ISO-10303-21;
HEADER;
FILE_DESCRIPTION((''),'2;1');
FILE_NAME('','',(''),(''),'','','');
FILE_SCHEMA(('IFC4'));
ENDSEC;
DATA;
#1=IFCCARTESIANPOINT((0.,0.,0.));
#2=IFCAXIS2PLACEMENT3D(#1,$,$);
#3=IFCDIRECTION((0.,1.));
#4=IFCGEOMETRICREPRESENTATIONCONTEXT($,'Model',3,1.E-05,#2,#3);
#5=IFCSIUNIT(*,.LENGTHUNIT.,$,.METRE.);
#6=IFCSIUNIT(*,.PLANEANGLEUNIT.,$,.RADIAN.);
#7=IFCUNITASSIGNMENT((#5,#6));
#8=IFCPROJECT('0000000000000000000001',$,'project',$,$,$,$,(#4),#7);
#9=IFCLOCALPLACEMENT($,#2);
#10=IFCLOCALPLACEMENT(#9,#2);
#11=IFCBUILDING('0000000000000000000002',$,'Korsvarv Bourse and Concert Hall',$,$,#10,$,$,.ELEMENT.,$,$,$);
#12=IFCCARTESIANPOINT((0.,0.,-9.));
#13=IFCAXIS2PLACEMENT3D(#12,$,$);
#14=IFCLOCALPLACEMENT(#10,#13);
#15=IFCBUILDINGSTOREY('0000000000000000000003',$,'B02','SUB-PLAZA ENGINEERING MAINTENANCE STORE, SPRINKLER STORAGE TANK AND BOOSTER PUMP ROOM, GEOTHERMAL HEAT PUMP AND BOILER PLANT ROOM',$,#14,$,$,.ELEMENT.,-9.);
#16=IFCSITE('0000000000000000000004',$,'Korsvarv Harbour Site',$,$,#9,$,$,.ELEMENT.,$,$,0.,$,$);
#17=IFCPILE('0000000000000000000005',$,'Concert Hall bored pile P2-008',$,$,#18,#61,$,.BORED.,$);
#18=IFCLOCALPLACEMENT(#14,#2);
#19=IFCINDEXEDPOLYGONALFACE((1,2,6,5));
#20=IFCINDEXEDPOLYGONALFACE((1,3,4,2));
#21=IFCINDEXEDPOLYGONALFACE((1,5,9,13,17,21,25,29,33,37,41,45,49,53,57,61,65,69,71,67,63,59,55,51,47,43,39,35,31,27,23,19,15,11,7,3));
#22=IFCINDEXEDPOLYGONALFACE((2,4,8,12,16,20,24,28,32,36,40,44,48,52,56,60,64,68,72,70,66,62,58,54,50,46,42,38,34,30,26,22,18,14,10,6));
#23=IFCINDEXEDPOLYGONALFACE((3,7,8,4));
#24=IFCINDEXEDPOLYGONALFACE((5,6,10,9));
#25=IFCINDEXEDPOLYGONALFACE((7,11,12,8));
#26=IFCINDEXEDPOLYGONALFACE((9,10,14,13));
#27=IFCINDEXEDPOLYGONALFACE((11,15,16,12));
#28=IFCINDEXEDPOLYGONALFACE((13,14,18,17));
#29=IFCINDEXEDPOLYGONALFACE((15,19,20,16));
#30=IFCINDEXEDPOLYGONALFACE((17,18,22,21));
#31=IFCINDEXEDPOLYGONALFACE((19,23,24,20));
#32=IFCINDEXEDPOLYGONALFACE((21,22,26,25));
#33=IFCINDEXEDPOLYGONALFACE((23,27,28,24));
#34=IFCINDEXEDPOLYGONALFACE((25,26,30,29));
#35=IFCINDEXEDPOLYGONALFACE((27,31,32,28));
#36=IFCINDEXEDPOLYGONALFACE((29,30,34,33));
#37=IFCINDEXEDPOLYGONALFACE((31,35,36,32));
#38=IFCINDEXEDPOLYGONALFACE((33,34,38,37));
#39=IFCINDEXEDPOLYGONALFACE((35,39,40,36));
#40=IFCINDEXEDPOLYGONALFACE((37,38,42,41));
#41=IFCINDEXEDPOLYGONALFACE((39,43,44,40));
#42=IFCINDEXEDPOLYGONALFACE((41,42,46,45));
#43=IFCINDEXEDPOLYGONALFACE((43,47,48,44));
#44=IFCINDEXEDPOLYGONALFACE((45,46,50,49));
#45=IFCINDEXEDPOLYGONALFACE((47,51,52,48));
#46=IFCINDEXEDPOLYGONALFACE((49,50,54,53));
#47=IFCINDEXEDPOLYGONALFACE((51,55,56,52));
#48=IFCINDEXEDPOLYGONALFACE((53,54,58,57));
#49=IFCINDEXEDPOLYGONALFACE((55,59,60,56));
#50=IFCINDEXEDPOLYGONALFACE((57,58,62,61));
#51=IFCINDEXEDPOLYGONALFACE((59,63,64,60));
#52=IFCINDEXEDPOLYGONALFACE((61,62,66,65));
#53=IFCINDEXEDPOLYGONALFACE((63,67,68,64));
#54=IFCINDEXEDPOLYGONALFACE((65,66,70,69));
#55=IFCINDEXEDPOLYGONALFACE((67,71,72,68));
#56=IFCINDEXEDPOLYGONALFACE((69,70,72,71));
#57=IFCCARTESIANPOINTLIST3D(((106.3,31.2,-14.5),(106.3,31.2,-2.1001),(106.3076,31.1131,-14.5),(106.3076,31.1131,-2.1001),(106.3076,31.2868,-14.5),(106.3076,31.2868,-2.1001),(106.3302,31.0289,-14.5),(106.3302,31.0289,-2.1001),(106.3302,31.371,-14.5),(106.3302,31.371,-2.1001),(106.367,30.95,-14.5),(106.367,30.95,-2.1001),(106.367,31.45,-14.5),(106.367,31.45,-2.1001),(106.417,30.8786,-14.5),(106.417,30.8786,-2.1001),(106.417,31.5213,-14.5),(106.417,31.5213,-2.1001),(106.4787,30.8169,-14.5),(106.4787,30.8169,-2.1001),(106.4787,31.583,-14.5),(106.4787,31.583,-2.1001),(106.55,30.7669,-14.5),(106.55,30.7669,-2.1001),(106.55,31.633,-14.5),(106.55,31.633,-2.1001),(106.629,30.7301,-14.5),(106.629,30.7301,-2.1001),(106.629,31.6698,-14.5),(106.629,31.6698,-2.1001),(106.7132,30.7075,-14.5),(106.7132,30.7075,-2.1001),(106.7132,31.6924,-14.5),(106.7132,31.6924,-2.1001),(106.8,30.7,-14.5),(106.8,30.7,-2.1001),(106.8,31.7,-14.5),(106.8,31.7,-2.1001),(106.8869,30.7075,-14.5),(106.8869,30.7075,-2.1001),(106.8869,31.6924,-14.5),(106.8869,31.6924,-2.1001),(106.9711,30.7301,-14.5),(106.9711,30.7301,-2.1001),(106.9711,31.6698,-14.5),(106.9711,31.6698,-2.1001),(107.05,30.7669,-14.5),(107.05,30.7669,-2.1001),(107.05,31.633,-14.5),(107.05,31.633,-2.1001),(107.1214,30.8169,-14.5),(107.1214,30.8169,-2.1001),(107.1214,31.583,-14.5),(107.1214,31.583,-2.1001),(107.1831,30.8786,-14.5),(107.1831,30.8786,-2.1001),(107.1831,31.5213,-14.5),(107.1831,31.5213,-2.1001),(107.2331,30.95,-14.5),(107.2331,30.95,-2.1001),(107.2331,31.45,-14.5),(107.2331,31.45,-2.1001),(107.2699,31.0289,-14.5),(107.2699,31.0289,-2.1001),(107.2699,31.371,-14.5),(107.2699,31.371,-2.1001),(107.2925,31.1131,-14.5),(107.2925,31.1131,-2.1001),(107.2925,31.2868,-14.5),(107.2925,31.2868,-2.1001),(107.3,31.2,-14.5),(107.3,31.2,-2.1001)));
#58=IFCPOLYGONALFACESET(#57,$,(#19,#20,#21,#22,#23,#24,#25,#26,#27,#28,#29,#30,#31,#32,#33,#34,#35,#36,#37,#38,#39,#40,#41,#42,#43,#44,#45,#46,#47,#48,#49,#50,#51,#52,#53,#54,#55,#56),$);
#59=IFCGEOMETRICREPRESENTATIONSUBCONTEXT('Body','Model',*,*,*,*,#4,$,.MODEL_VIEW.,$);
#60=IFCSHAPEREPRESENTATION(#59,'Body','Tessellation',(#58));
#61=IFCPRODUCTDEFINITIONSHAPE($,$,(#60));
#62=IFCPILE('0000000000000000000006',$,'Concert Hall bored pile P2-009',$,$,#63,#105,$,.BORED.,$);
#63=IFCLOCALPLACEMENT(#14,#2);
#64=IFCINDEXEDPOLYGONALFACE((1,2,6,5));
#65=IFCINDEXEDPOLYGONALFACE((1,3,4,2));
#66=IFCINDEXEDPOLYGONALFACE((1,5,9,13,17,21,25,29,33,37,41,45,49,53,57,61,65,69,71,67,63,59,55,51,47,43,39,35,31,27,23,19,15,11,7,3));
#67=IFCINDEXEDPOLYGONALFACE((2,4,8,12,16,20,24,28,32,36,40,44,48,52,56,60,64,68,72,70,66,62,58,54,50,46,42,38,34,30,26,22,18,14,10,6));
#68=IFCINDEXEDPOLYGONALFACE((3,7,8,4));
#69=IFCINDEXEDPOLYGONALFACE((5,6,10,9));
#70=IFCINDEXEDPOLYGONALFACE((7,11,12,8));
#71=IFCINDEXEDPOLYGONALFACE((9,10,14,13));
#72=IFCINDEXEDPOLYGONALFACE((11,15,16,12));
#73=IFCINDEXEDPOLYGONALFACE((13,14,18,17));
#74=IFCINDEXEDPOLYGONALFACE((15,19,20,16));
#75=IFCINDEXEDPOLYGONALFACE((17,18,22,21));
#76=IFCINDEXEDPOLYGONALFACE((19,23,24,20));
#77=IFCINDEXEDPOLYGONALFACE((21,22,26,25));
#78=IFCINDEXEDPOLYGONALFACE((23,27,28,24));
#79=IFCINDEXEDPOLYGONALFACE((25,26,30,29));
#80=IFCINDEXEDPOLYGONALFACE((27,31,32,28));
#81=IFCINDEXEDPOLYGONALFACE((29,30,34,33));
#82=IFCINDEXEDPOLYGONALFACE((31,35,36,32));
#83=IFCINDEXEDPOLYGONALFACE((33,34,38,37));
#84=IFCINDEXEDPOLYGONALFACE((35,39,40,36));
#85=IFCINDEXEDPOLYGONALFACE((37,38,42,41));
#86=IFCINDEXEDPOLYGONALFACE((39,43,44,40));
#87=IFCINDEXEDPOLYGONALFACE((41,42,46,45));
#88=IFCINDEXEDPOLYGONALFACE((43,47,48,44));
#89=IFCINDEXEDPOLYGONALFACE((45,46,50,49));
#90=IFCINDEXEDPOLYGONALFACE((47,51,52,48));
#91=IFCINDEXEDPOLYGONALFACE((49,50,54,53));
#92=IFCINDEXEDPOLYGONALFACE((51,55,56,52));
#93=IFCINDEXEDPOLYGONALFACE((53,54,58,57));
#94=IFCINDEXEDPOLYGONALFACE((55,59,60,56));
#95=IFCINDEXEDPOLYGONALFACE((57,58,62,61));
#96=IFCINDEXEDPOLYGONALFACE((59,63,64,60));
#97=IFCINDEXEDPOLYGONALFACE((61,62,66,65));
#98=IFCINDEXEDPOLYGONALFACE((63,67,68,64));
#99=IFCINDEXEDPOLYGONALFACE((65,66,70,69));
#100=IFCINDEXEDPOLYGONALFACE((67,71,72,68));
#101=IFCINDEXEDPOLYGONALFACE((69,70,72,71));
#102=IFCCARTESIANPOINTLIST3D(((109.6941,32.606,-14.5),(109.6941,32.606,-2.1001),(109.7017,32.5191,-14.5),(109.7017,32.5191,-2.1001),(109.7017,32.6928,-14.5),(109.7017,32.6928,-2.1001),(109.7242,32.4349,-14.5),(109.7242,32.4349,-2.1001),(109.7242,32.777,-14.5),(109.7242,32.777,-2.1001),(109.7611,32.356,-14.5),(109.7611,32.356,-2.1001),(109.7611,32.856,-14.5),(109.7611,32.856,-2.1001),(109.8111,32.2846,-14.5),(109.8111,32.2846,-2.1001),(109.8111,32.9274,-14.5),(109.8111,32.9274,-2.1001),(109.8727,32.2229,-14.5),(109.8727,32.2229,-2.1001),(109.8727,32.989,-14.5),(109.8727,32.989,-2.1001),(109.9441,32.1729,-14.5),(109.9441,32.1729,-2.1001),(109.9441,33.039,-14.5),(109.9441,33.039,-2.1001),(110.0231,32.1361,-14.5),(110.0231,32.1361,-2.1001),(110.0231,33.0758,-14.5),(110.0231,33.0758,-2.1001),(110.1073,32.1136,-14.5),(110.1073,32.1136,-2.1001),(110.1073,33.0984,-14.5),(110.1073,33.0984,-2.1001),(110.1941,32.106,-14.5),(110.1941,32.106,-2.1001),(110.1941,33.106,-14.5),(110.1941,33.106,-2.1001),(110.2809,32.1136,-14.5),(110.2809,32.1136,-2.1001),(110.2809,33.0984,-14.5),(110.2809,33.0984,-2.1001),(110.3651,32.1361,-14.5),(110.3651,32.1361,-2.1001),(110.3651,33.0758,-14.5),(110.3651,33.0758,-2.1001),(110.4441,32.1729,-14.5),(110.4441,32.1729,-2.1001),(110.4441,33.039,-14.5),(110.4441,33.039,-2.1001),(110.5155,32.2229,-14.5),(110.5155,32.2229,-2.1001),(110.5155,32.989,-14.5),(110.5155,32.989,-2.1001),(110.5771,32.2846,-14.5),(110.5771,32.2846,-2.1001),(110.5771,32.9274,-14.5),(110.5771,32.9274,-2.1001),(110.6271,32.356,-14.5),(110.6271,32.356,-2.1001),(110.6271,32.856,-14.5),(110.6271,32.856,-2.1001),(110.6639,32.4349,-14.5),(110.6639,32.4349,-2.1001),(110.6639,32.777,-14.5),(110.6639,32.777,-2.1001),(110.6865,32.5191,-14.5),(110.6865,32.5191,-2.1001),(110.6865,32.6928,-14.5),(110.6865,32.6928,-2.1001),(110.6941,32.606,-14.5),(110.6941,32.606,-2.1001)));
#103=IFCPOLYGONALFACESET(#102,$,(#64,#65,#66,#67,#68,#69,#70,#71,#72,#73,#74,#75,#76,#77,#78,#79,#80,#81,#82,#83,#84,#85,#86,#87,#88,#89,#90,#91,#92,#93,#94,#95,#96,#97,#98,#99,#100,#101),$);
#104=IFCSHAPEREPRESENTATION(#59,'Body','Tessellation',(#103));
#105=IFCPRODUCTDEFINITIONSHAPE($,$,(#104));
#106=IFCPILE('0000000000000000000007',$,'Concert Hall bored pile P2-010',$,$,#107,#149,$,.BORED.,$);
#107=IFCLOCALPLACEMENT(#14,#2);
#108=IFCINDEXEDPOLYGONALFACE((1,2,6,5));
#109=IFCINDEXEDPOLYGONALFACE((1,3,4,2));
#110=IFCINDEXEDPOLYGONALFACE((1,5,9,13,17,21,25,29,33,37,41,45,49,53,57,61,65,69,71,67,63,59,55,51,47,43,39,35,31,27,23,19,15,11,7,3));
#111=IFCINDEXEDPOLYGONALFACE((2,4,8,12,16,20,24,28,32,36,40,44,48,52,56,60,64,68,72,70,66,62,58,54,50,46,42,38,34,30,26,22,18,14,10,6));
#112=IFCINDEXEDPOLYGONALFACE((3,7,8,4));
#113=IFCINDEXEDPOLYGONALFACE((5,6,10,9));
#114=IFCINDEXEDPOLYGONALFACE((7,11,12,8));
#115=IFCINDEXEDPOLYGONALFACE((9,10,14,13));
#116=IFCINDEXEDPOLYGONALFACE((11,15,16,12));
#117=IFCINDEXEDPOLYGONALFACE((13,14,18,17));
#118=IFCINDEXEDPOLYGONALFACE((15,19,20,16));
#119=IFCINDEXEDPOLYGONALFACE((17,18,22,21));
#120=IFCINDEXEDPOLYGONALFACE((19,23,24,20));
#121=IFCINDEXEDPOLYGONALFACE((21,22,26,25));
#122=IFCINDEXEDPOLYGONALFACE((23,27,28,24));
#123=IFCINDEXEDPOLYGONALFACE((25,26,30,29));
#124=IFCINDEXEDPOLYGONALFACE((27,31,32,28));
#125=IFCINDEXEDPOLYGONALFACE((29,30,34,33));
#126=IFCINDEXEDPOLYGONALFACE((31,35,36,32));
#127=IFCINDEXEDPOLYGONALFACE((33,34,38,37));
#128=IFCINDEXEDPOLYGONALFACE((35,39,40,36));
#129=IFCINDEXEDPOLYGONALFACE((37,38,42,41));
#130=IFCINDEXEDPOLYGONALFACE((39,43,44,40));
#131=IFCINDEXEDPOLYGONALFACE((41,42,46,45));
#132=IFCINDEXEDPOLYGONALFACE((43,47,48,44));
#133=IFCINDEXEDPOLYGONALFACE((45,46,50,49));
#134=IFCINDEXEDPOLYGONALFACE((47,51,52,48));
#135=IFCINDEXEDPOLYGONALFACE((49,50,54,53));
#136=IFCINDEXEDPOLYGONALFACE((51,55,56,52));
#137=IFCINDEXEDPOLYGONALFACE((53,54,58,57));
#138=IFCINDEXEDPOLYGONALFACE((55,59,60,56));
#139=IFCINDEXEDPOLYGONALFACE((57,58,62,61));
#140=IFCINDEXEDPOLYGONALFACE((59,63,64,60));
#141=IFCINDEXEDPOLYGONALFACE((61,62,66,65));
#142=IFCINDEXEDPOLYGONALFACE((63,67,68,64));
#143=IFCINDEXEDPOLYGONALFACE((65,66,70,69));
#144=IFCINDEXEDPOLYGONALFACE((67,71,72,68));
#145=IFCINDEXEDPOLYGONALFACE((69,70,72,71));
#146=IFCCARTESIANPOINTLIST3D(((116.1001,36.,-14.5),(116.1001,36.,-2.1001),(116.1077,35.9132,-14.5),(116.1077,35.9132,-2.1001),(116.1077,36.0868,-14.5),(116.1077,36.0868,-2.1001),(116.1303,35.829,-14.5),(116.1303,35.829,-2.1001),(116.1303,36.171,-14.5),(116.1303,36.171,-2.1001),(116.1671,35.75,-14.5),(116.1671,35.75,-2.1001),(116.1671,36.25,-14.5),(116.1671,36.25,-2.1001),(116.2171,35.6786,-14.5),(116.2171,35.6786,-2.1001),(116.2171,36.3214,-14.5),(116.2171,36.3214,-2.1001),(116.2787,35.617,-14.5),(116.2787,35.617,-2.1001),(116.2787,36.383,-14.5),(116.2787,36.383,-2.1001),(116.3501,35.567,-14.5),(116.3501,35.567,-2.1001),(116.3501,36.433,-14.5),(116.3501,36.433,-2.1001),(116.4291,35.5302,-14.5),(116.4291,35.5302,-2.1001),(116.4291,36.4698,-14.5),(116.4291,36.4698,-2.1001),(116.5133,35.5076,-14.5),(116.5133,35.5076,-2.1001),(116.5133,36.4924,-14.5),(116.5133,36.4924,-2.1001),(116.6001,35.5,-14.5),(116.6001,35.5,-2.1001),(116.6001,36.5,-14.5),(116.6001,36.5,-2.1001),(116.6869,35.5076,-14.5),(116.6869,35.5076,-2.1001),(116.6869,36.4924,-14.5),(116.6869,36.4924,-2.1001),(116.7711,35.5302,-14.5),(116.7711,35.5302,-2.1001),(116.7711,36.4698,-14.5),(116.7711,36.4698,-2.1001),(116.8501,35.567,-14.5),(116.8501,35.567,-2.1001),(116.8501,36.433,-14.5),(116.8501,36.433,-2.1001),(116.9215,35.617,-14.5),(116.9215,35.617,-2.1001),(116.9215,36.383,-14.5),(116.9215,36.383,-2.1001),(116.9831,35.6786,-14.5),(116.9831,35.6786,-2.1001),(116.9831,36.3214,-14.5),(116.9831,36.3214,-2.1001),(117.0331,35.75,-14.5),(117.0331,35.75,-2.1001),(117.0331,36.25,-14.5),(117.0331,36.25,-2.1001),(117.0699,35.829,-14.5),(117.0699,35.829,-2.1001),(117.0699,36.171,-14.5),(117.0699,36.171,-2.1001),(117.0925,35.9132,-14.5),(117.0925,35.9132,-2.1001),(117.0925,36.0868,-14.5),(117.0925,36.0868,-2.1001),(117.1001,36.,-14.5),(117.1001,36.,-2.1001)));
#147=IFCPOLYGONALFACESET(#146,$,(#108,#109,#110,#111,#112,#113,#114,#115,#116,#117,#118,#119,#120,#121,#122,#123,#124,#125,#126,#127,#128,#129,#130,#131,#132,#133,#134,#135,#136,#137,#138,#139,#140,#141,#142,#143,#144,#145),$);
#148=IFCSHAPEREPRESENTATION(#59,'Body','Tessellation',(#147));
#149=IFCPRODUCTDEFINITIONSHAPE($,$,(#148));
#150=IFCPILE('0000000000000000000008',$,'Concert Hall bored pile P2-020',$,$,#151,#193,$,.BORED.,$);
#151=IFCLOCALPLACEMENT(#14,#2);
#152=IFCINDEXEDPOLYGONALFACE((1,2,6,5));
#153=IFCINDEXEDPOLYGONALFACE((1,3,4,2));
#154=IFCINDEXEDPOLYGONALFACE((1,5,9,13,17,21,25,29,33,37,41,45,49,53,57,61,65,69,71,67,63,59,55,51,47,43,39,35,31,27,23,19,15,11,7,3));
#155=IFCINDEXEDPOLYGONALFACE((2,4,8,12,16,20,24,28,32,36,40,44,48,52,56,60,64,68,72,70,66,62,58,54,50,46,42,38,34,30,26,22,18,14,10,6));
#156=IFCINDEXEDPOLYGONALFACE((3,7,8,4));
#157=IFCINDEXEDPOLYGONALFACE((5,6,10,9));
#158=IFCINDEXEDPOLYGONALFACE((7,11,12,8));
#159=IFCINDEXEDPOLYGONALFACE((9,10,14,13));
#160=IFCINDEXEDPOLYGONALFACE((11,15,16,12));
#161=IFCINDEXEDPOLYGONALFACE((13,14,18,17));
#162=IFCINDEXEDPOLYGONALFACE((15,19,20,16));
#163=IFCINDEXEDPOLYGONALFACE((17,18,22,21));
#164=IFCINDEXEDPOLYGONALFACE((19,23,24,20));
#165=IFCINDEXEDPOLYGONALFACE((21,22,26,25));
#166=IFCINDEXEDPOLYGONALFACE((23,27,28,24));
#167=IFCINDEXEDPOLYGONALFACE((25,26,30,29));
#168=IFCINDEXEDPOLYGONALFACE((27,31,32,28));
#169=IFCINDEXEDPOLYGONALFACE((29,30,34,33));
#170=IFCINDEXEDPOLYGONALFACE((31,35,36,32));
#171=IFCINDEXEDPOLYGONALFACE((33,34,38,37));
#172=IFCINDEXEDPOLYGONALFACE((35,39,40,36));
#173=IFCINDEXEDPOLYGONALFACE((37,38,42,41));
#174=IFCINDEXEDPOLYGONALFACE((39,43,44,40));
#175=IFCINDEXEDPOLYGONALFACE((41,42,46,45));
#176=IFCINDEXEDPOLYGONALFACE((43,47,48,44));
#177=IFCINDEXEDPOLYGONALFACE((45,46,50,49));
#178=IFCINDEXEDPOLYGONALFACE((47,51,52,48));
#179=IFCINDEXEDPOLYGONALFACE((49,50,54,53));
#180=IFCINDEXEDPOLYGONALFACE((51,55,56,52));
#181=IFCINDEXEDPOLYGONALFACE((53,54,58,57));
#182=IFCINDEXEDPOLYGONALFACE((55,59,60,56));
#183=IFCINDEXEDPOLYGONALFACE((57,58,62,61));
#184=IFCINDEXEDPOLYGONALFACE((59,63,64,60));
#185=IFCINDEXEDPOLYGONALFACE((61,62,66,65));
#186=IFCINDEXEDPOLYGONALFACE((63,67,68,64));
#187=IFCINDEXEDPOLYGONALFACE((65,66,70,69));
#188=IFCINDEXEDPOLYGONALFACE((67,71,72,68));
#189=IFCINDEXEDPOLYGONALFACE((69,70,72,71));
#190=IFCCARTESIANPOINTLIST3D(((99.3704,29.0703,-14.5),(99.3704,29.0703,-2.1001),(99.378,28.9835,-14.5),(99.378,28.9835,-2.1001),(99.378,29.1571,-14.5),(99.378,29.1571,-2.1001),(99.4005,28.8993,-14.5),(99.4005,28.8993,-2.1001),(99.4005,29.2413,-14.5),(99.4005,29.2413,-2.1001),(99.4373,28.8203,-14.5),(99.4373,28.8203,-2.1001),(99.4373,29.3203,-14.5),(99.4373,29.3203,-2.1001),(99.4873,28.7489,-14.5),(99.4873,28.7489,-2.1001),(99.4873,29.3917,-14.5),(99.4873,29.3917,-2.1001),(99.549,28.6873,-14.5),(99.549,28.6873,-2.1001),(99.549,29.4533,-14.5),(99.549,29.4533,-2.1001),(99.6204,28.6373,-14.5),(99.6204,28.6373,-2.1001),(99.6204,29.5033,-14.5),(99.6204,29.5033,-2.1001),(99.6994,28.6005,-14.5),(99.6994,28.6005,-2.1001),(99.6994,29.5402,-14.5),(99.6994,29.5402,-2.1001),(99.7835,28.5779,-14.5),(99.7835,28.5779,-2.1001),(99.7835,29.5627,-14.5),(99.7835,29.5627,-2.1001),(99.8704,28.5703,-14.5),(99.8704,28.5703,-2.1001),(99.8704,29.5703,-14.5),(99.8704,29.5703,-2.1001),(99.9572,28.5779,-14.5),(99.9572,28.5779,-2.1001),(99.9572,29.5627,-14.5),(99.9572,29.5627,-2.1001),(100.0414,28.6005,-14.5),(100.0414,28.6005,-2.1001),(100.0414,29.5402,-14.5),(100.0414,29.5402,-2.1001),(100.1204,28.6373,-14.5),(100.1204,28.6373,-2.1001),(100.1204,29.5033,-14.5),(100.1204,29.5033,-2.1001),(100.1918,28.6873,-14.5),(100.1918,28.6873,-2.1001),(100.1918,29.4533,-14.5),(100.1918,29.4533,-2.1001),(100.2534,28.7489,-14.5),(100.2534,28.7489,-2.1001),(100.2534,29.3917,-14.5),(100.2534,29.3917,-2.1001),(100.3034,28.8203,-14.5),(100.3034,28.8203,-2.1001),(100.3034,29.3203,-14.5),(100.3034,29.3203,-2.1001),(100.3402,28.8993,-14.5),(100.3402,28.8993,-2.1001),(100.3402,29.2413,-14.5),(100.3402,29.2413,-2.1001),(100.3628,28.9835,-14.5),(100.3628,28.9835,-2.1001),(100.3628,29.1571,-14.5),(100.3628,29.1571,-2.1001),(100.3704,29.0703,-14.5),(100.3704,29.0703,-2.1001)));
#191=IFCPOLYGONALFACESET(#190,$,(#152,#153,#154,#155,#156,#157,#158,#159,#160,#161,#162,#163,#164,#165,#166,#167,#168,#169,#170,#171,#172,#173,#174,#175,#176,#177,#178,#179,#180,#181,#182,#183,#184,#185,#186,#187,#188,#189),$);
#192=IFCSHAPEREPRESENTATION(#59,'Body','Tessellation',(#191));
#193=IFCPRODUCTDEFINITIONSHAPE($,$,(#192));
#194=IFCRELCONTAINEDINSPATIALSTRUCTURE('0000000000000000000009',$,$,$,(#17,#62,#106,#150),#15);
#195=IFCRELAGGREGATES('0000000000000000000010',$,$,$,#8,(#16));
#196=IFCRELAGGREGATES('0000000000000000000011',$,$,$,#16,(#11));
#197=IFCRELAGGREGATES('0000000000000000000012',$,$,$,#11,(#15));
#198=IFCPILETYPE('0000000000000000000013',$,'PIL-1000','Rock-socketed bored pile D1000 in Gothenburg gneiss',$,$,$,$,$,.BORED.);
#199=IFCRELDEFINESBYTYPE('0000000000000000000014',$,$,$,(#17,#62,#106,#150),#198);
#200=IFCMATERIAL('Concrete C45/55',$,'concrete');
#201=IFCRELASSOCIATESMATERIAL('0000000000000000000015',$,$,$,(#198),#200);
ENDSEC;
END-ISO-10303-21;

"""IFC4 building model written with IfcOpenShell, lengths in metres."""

from ifc_helpers import new_model, si_unit, direction, frame, origin, origin_2d, place, context, subcontext, project, spatial, circle, extrude, source, transform, mapped, material, material_profile, profile_set, type_object, element, save


model = new_model("IFC4")

# Units and contexts
model_context = context("Model", 3, precision=1e-05, world=origin(), true_north=direction((0.0, 1.0)))
body_context = subcontext(model_context, "Body", "Model", "MODEL_VIEW")
ifc_project = project(units=[si_unit("LENGTHUNIT", "METRE"), si_unit("PLANEANGLEUNIT", "RADIAN")], contexts=[model_context])

# Site, building, storey
site_placement = place(None, origin())
site = spatial("IfcSite", under=ifc_project, at=site_placement, Name="Korsvarv Harbour Site", CompositionType="ELEMENT", RefElevation=0.0)
building_placement = place(site_placement, origin())
building = spatial("IfcBuilding", under=site, at=building_placement, Name="Korsvarv Bourse and Concert Hall", CompositionType="ELEMENT")
storey_placement = place(building_placement, frame((0.0, 0.0, -9.0)))
storey = spatial("IfcBuildingStorey", under=building, at=storey_placement, Name="B02", Description="SUB-PLAZA ENGINEERING MAINTENANCE STORE, SPRINKLER STORAGE TANK AND BOOSTER PUMP ROOM, GEOTHERMAL HEAT PUMP AND BOILER PLANT ROOM", CompositionType="ELEMENT", Elevation=-9.0)

# Piles
ifc_material_1 = material(Name="Concrete C45/55", Category="concrete")
ifc_material_profile_1 = material_profile(ifc_material_1, circle(Radius=0.5, at=origin_2d()), Name="PILE D1000")
ifc_profile_set_1 = profile_set([ifc_material_profile_1], Name="Concrete C45/55")
pile_type = type_object("IfcPileType", Name="PIL-1000", Description="Rock-socketed bored pile D1000 in Gothenburg gneiss", PredefinedType="BORED", material=ifc_profile_set_1)
shared_shape_1 = source(origin(), body_context, "Body", "SweptSolid", [
    extrude(circle(Radius=0.5, at=origin_2d()), origin(), (0.0, 0.0, 1.0), 12.3999),
])
for number, where, z_axis, x_axis, name in (
    (1, (106.8, 31.2, -2.1001), (0.0, 0.0, -1.0), (1.0, 0.0, 0.0), "Concert Hall bored pile P2-008"),
    (2, (110.1941, 32.606, -2.1001), (0.0, 0.0, -1.0), (1.0, 0.0, 0.0), "Concert Hall bored pile P2-009"),
    (3, (116.6001, 36.0, -2.1001), (0.0, 0.0, -1.0), (1.0, 0.0, 0.0), "Concert Hall bored pile P2-010"),
    (4, (99.8704, 29.0703, -2.1001), (0.0, 0.0, -1.0), (1.0, 0.0, 0.0), "Concert Hall bored pile P2-020"),
):
    element("IfcPile", number, at=place(storey_placement, frame(where, z_axis=z_axis, x_axis=x_axis)), inside=storey, type_object=pile_type, Name=name, PredefinedType="BORED", context=body_context, shape_type="MappedRepresentation", body=[
        mapped(shared_shape_1, transform((0.0, 0.0, 0.0), scale=1.0)),
    ])

save(model, "model.ifc")
